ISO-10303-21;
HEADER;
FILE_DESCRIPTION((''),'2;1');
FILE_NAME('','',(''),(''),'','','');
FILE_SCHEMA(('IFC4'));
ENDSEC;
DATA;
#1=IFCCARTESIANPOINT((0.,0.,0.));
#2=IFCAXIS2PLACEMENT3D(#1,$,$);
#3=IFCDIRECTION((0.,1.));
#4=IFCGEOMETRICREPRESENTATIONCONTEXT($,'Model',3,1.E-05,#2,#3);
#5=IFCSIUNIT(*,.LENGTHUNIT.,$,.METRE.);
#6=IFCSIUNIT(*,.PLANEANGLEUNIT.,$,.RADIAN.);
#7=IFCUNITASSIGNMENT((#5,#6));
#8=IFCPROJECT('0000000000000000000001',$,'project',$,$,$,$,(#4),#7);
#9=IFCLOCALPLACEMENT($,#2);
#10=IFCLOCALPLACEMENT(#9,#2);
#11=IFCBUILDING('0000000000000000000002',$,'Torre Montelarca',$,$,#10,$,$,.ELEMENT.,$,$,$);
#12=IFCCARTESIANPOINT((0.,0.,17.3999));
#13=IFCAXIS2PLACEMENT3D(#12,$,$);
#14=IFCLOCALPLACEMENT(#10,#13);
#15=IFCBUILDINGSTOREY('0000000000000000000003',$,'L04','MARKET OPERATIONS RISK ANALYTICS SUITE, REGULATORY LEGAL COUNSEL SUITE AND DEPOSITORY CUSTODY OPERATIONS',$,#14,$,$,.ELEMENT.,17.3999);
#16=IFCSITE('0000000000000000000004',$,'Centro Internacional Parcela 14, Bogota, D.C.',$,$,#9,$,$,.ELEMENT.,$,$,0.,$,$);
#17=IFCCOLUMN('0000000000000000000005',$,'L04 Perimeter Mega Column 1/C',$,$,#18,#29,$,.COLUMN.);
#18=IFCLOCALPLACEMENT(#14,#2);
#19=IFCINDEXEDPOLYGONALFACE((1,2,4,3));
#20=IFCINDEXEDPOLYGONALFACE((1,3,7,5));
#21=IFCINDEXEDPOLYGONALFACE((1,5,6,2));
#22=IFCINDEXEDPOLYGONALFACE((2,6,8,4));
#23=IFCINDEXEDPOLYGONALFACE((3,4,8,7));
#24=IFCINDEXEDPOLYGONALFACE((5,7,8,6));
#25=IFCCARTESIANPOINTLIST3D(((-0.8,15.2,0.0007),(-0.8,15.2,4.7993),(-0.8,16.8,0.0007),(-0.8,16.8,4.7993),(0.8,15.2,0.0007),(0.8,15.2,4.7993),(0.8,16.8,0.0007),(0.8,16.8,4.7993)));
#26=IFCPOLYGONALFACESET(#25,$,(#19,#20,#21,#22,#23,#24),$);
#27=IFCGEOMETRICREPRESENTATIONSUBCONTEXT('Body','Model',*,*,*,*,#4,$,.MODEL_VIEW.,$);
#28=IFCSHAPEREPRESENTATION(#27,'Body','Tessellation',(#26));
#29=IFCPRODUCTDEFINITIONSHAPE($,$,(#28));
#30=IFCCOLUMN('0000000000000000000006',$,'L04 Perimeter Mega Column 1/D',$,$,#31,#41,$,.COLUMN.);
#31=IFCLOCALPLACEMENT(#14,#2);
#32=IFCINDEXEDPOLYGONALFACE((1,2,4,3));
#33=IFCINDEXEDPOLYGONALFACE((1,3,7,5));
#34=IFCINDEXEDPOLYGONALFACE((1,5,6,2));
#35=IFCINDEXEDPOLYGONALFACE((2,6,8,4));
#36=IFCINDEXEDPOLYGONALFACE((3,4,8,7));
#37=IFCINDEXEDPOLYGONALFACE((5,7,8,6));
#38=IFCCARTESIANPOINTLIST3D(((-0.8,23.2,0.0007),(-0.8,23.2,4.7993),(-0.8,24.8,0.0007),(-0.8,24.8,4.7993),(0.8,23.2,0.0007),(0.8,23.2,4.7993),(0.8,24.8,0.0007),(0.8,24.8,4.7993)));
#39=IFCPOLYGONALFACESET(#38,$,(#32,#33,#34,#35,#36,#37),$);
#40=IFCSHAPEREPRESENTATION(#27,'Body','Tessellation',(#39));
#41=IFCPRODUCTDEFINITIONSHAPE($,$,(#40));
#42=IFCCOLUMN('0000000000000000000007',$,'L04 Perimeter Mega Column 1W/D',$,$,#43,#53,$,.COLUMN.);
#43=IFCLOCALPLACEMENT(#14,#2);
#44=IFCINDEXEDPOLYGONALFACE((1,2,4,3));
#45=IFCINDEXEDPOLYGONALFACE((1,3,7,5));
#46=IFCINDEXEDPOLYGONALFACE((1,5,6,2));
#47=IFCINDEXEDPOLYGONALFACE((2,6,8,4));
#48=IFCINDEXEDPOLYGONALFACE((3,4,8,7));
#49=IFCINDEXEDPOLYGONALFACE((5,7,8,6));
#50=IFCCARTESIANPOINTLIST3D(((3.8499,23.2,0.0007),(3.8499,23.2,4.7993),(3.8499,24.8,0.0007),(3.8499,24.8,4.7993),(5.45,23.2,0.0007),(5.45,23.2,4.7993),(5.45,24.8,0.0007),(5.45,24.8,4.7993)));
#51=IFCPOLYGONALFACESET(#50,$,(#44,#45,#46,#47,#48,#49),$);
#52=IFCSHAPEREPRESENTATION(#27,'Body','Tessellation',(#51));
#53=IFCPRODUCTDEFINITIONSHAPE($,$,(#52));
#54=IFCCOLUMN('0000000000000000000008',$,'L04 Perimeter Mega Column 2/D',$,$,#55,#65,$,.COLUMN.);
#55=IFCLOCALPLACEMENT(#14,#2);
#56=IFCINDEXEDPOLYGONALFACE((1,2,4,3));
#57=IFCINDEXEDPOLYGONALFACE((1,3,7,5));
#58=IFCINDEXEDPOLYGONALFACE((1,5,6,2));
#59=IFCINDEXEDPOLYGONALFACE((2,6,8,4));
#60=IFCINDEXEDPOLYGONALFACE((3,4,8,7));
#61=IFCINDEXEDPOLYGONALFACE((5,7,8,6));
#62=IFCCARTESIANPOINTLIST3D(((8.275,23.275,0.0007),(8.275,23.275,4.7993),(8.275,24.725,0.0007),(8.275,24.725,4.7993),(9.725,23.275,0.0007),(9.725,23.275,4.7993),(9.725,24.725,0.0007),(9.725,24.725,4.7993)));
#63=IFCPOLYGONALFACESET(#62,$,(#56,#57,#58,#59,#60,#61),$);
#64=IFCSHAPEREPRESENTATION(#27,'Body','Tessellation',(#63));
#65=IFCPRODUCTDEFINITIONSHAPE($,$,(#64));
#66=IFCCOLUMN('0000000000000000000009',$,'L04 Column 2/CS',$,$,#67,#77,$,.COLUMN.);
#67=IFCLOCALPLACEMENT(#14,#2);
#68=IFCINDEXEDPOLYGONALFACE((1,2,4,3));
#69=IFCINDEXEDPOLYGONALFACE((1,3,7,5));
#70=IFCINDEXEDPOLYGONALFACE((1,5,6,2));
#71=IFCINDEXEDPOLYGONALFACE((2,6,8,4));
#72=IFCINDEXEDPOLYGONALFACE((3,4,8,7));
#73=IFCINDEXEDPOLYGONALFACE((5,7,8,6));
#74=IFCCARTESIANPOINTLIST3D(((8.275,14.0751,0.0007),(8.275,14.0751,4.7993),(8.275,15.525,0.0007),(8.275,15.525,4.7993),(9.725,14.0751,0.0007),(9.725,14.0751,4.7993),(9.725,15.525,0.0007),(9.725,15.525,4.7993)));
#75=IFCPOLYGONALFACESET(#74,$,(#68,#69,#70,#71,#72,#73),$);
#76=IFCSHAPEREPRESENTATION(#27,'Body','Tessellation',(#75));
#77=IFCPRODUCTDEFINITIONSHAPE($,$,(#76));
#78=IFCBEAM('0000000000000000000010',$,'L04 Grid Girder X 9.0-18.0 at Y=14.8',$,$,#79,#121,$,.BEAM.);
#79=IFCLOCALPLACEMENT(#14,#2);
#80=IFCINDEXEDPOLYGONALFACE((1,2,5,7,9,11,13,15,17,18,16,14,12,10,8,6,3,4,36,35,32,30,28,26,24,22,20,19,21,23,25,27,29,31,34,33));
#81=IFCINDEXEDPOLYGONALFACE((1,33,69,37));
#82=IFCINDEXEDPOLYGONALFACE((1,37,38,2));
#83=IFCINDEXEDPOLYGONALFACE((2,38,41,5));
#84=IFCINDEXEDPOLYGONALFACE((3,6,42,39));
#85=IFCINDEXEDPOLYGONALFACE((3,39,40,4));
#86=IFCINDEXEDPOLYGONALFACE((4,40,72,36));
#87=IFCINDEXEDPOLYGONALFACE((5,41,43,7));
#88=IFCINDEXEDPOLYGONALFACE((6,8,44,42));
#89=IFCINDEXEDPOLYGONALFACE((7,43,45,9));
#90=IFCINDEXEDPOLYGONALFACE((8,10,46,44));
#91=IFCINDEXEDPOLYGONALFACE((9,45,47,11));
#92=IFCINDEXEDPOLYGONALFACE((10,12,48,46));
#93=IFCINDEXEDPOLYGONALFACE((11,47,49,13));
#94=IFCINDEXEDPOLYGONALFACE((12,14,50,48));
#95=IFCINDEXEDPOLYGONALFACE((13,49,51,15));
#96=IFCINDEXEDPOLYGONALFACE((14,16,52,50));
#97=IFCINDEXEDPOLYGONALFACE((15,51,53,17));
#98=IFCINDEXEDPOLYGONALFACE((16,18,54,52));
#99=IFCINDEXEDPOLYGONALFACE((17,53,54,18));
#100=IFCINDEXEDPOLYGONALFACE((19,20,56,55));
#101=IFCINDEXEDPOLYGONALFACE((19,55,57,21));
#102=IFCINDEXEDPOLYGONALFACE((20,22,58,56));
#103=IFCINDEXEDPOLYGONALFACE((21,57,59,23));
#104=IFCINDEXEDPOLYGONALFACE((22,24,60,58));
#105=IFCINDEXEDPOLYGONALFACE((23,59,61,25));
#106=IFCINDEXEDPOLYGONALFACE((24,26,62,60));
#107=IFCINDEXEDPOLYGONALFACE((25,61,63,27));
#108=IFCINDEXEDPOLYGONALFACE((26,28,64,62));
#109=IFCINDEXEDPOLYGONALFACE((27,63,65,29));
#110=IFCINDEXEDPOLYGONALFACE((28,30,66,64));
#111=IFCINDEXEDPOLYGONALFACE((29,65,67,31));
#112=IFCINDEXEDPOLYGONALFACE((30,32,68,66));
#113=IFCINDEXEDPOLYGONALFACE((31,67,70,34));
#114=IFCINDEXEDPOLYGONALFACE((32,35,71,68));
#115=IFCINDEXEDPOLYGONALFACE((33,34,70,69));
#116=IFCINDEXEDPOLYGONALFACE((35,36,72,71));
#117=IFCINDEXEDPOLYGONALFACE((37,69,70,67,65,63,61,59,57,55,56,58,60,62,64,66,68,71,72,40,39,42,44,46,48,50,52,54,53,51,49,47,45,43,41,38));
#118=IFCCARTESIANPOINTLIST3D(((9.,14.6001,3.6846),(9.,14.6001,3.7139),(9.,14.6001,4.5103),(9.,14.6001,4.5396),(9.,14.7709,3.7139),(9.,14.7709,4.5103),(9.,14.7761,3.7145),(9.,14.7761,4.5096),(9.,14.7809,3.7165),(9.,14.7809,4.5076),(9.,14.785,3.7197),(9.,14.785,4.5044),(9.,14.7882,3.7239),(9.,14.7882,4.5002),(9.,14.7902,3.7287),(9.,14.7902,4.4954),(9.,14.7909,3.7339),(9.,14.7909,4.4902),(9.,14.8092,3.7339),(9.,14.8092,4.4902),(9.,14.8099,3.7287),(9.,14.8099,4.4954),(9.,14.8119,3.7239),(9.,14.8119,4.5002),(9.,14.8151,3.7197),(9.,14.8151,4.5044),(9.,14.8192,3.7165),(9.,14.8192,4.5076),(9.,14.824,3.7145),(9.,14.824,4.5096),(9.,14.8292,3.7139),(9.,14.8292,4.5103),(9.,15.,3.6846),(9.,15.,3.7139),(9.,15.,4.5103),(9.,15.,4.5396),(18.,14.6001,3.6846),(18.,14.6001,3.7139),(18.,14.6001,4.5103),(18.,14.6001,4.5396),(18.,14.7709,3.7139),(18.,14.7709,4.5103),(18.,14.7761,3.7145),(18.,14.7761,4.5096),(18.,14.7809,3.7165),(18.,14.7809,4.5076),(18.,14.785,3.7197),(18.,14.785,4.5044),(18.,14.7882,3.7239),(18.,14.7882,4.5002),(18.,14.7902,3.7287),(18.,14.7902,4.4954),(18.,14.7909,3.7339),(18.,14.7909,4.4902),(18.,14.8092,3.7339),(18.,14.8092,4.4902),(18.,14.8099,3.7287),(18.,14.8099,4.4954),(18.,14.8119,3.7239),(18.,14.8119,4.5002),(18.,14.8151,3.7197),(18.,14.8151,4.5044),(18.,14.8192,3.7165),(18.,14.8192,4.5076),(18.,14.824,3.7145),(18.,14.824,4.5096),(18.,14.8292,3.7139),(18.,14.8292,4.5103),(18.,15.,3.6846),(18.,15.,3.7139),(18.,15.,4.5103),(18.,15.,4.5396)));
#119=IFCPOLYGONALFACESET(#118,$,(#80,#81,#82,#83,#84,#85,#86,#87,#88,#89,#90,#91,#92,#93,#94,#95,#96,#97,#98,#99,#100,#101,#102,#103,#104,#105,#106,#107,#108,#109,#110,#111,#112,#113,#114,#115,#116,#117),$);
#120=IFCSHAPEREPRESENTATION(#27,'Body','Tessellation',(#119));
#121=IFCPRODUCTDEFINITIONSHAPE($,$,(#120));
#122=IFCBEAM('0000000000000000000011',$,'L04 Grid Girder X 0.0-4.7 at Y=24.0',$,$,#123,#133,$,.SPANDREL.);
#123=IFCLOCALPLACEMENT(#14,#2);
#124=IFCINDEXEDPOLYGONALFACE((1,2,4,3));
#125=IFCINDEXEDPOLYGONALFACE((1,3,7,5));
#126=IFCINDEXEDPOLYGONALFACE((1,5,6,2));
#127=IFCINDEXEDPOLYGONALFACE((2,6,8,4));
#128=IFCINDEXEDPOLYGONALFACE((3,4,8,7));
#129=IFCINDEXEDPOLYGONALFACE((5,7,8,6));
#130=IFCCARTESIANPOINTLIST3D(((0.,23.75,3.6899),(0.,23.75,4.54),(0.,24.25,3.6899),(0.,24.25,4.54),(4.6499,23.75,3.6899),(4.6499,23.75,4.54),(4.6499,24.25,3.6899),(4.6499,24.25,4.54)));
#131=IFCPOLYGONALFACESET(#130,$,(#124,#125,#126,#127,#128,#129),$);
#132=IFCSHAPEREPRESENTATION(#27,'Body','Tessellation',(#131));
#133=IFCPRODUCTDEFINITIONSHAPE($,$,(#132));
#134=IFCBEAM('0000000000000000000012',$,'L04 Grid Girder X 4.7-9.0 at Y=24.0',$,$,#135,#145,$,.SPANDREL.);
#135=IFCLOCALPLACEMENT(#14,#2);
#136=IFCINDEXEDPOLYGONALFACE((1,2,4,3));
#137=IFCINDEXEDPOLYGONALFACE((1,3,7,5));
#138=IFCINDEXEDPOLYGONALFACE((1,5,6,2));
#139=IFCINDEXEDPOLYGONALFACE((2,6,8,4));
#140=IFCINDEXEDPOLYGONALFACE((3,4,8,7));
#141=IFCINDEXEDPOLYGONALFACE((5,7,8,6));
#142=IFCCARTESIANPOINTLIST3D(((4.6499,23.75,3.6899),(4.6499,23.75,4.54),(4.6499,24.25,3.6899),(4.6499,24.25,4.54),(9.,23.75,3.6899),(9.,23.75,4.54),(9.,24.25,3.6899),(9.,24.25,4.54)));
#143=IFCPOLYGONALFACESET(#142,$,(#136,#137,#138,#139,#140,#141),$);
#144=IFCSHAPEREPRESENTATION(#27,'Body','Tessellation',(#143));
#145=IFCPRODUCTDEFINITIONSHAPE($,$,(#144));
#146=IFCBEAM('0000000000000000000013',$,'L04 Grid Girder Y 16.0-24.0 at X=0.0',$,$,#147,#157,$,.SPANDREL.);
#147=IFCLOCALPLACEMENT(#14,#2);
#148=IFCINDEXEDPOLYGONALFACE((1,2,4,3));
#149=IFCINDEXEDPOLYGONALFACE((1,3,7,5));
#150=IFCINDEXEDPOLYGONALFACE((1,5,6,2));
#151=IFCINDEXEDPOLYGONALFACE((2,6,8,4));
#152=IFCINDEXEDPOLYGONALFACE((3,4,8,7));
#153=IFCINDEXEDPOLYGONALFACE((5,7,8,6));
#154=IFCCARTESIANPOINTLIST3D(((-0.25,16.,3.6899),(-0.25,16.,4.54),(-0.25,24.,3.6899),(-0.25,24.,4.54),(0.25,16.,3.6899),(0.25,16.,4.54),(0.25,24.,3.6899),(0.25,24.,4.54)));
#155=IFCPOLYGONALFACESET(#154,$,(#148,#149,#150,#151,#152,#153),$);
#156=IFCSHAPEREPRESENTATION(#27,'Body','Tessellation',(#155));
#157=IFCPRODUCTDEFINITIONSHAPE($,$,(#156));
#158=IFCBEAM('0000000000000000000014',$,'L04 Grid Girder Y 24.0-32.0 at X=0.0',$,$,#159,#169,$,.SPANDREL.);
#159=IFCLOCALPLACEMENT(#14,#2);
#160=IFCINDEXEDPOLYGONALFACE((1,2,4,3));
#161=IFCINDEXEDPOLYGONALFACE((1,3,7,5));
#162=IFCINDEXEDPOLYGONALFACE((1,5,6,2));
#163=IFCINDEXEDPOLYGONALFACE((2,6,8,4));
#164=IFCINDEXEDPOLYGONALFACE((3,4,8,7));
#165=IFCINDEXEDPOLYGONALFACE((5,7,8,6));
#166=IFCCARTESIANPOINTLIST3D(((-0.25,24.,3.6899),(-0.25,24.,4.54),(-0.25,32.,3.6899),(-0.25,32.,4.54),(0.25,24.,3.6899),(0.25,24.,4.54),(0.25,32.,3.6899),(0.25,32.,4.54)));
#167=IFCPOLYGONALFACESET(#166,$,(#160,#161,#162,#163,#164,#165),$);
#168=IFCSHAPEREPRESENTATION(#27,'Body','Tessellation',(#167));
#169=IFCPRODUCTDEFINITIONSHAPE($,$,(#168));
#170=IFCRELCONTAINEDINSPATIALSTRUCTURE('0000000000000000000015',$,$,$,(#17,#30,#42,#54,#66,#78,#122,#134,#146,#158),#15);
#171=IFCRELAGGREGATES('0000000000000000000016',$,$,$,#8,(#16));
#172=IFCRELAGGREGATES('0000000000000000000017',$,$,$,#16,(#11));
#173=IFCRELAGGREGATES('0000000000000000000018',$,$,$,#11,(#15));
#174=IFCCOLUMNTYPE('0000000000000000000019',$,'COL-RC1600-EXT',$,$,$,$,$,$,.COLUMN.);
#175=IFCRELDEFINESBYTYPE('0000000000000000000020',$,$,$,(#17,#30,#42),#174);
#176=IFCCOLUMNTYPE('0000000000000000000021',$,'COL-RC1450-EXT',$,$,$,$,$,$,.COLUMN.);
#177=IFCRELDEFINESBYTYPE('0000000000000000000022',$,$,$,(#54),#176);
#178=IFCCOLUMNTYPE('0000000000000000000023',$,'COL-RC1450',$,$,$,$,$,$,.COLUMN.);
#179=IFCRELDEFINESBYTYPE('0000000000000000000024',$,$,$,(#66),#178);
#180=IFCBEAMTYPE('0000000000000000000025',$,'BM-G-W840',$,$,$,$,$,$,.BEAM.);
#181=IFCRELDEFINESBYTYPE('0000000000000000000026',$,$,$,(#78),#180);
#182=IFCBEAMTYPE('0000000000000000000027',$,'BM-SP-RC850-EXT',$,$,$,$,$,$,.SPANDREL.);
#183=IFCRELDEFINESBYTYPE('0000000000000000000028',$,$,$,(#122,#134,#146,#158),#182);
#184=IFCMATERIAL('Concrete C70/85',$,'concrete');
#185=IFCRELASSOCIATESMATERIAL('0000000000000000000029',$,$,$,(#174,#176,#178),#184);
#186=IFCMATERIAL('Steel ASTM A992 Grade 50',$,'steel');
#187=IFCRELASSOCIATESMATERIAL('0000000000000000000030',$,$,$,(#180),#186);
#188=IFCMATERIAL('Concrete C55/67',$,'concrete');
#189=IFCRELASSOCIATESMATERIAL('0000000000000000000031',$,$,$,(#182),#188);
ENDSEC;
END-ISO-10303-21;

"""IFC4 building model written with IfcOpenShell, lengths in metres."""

from ifc_helpers import new_model, si_unit, direction, frame, origin, origin_2d, place, context, subcontext, project, spatial, rectangle, i_section, extrude, source, transform, mapped, material, material_profile, profile_set, type_object, element, save


model = new_model("IFC4")

# Units and contexts
model_context = context("Model", 3, precision=1e-05, world=origin(), true_north=direction((0.0, 1.0)))
body_context = subcontext(model_context, "Body", "Model", "MODEL_VIEW")
ifc_project = project(units=[si_unit("LENGTHUNIT", "METRE"), si_unit("PLANEANGLEUNIT", "RADIAN")], contexts=[model_context])

# Site, building, storey
site_placement = place(None, origin())
site = spatial("IfcSite", under=ifc_project, at=site_placement, Name="Centro Internacional Parcela 14, Bogota, D.C.", CompositionType="ELEMENT", RefElevation=0.0)
building_placement = place(site_placement, origin())
building = spatial("IfcBuilding", under=site, at=building_placement, Name="Torre Montelarca", CompositionType="ELEMENT")
storey_placement = place(building_placement, frame((0.0, 0.0, 17.3999)))
storey = spatial("IfcBuildingStorey", under=building, at=storey_placement, Name="L04", Description="MARKET OPERATIONS RISK ANALYTICS SUITE, REGULATORY LEGAL COUNSEL SUITE AND DEPOSITORY CUSTODY OPERATIONS", CompositionType="ELEMENT", Elevation=17.3999)

# Columns
ifc_material_1 = material(Name="Concrete C70/85", Category="concrete")
ifc_material_profile_1 = material_profile(ifc_material_1, rectangle(XDim=1.6001, YDim=1.6001, at=origin_2d()), Name="RC1600X1600", Category="concrete")
ifc_profile_set_1 = profile_set([ifc_material_profile_1], Name="Concrete C70/85")
column_type_1 = type_object("IfcColumnType", Name="COL-RC1600-EXT", PredefinedType="COLUMN", material=ifc_profile_set_1)
shared_shape_1 = source(origin(), body_context, "Body", "SweptSolid", [
    extrude(rectangle(XDim=1.6001, YDim=1.6001, at=origin_2d()), origin(), (0.0, 0.0, 1.0), 4.7986),
])
for number, where, z_axis, x_axis, name in (
    (1, (0.0, 16.0, 0.0007), (0.0, 0.0, 1.0), (1.0, 0.0, 0.0), "L04 Perimeter Mega Column 1/C"),
    (2, (0.0, 24.0, 0.0007), (0.0, 0.0, 1.0), (1.0, 0.0, 0.0), "L04 Perimeter Mega Column 1/D"),
    (3, (4.6499, 24.0, 0.0007), (0.0, 0.0, 1.0), (1.0, 0.0, 0.0), "L04 Perimeter Mega Column 1W/D"),
):
    element("IfcColumn", number, at=place(storey_placement, frame(where, z_axis=z_axis, x_axis=x_axis)), inside=storey, type_object=column_type_1, Name=name, PredefinedType="COLUMN", context=body_context, shape_type="MappedRepresentation", body=[
        mapped(shared_shape_1, transform((0.0, 0.0, 0.0), scale=1.0)),
    ])
ifc_material_profile_2 = material_profile(ifc_material_1, rectangle(XDim=1.45, YDim=1.45, at=origin_2d()), Name="RC1450X1450", Category="concrete")
ifc_profile_set_2 = profile_set([ifc_material_profile_2], Name="Concrete C70/85")
column_type_2 = type_object("IfcColumnType", Name="COL-RC1450-EXT", PredefinedType="COLUMN", material=ifc_profile_set_2)
shared_shape_2 = source(origin(), body_context, "Body", "SweptSolid", [
    extrude(rectangle(XDim=1.45, YDim=1.45, at=origin_2d()), origin(), (0.0, 0.0, 1.0), 4.7986),
])
column_1_placement = place(storey_placement, frame((9.0, 24.0, 0.0007), z_axis=(0.0, 0.0, 1.0), x_axis=(1.0, 0.0, 0.0)))
element("IfcColumn", 4, at=column_1_placement, inside=storey, type_object=column_type_2, Name="L04 Perimeter Mega Column 2/D", PredefinedType="COLUMN", context=body_context, shape_type="MappedRepresentation", body=[
    mapped(shared_shape_2, transform((0.0, 0.0, 0.0), scale=1.0)),
])
ifc_material_profile_3 = material_profile(ifc_material_1, rectangle(XDim=1.45, YDim=1.45, at=origin_2d()), Name="RC1450X1450", Category="concrete")
ifc_profile_set_3 = profile_set([ifc_material_profile_3], Name="Concrete C70/85")
column_type_3 = type_object("IfcColumnType", Name="COL-RC1450", PredefinedType="COLUMN", material=ifc_profile_set_3)
shared_shape_3 = source(origin(), body_context, "Body", "SweptSolid", [
    extrude(rectangle(XDim=1.45, YDim=1.45, at=origin_2d()), origin(), (0.0, 0.0, 1.0), 4.7986),
])
column_2_placement = place(storey_placement, frame((9.0, 14.8, 0.0007), z_axis=(0.0, 0.0, 1.0), x_axis=(1.0, 0.0, 0.0)))
element("IfcColumn", 5, at=column_2_placement, inside=storey, type_object=column_type_3, Name="L04 Column 2/CS", PredefinedType="COLUMN", context=body_context, shape_type="MappedRepresentation", body=[
    mapped(shared_shape_3, transform((0.0, 0.0, 0.0), scale=1.0)),
])

# Beams
ifc_material_2 = material(Name="Steel ASTM A992 Grade 50", Category="steel")
ifc_material_profile_4 = material_profile(ifc_material_2, i_section(OverallWidth=0.3999, OverallDepth=0.855, WebThickness=0.0183, FlangeThickness=0.0293, FilletRadius=0.02, at=origin_2d()), Name="W840X299", Category="steel")
ifc_profile_set_4 = profile_set([ifc_material_profile_4], Name="Steel ASTM A992 Grade 50")
beam_type_1 = type_object("IfcBeamType", Name="BM-G-W840", PredefinedType="BEAM", material=ifc_profile_set_4)
shared_shape_4 = source(origin(), body_context, "Body", "SweptSolid", [
    extrude(i_section(OverallWidth=0.3999, OverallDepth=0.855, WebThickness=0.0183, FlangeThickness=0.0293, FilletRadius=0.02, at=origin_2d()), origin(), (0.0, 0.0, 1.0), 9.0),
])
beam_1_placement = place(storey_placement, frame((9.0, 14.8, 4.1121), z_axis=(1.0, 0.0, 0.0), x_axis=(0.0, 1.0, 0.0)))
element("IfcBeam", 6, at=beam_1_placement, inside=storey, type_object=beam_type_1, Name="L04 Grid Girder X 9.0-18.0 at Y=14.8", PredefinedType="BEAM", context=body_context, shape_type="MappedRepresentation", body=[
    mapped(shared_shape_4, transform((0.0, 0.0, 0.0), scale=1.0)),
])
ifc_material_3 = material(Name="Concrete C55/67", Category="concrete")
ifc_material_profile_5 = material_profile(ifc_material_3, rectangle(XDim=0.5, YDim=0.8501, at=origin_2d()), Name="RCB500X850", Category="concrete")
ifc_profile_set_5 = profile_set([ifc_material_profile_5], Name="Concrete C55/67")
beam_type_2 = type_object("IfcBeamType", Name="BM-SP-RC850-EXT", PredefinedType="SPANDREL", material=ifc_profile_set_5)
shared_shape_5 = source(origin(), body_context, "Body", "SweptSolid", [
    extrude(rectangle(XDim=0.5, YDim=0.8501, at=origin_2d()), origin(), (0.0, 0.0, 1.0), 4.6499),
])
beam_2_placement = place(storey_placement, frame((0.0, 24.0, 4.115), z_axis=(1.0, 0.0, 0.0), x_axis=(0.0, 1.0, 0.0)))
element("IfcBeam", 7, at=beam_2_placement, inside=storey, type_object=beam_type_2, Name="L04 Grid Girder X 0.0-4.7 at Y=24.0", PredefinedType="SPANDREL", context=body_context, shape_type="MappedRepresentation", body=[
    mapped(shared_shape_5, transform((0.0, 0.0, 0.0), scale=1.0)),
])
shared_shape_6 = source(origin(), body_context, "Body", "SweptSolid", [
    extrude(rectangle(XDim=0.5, YDim=0.8501, at=origin_2d()), origin(), (0.0, 0.0, 1.0), 4.3501),
])
beam_3_placement = place(storey_placement, frame((4.6499, 24.0, 4.115), z_axis=(1.0, 0.0, 0.0), x_axis=(0.0, 1.0, 0.0)))
element("IfcBeam", 8, at=beam_3_placement, inside=storey, type_object=beam_type_2, Name="L04 Grid Girder X 4.7-9.0 at Y=24.0", PredefinedType="SPANDREL", context=body_context, shape_type="MappedRepresentation", body=[
    mapped(shared_shape_6, transform((0.0, 0.0, 0.0), scale=1.0)),
])
shared_shape_7 = source(origin(), body_context, "Body", "SweptSolid", [
    extrude(rectangle(XDim=0.5, YDim=0.8501, at=origin_2d()), origin(), (0.0, 0.0, 1.0), 8.0),
])
for number, where, z_axis, x_axis, name in (
    (9, (0.0, 16.0, 4.115), (0.0, 1.0, 0.0), (-1.0, 0.0, 0.0), "L04 Grid Girder Y 16.0-24.0 at X=0.0"),
    (10, (0.0, 24.0, 4.115), (0.0, 1.0, 0.0), (-1.0, 0.0, 0.0), "L04 Grid Girder Y 24.0-32.0 at X=0.0"),
):
    element("IfcBeam", number, at=place(storey_placement, frame(where, z_axis=z_axis, x_axis=x_axis)), inside=storey, type_object=beam_type_2, Name=name, PredefinedType="SPANDREL", context=body_context, shape_type="MappedRepresentation", body=[
        mapped(shared_shape_7, transform((0.0, 0.0, 0.0), scale=1.0)),
    ])

save(model, "model.ifc")
